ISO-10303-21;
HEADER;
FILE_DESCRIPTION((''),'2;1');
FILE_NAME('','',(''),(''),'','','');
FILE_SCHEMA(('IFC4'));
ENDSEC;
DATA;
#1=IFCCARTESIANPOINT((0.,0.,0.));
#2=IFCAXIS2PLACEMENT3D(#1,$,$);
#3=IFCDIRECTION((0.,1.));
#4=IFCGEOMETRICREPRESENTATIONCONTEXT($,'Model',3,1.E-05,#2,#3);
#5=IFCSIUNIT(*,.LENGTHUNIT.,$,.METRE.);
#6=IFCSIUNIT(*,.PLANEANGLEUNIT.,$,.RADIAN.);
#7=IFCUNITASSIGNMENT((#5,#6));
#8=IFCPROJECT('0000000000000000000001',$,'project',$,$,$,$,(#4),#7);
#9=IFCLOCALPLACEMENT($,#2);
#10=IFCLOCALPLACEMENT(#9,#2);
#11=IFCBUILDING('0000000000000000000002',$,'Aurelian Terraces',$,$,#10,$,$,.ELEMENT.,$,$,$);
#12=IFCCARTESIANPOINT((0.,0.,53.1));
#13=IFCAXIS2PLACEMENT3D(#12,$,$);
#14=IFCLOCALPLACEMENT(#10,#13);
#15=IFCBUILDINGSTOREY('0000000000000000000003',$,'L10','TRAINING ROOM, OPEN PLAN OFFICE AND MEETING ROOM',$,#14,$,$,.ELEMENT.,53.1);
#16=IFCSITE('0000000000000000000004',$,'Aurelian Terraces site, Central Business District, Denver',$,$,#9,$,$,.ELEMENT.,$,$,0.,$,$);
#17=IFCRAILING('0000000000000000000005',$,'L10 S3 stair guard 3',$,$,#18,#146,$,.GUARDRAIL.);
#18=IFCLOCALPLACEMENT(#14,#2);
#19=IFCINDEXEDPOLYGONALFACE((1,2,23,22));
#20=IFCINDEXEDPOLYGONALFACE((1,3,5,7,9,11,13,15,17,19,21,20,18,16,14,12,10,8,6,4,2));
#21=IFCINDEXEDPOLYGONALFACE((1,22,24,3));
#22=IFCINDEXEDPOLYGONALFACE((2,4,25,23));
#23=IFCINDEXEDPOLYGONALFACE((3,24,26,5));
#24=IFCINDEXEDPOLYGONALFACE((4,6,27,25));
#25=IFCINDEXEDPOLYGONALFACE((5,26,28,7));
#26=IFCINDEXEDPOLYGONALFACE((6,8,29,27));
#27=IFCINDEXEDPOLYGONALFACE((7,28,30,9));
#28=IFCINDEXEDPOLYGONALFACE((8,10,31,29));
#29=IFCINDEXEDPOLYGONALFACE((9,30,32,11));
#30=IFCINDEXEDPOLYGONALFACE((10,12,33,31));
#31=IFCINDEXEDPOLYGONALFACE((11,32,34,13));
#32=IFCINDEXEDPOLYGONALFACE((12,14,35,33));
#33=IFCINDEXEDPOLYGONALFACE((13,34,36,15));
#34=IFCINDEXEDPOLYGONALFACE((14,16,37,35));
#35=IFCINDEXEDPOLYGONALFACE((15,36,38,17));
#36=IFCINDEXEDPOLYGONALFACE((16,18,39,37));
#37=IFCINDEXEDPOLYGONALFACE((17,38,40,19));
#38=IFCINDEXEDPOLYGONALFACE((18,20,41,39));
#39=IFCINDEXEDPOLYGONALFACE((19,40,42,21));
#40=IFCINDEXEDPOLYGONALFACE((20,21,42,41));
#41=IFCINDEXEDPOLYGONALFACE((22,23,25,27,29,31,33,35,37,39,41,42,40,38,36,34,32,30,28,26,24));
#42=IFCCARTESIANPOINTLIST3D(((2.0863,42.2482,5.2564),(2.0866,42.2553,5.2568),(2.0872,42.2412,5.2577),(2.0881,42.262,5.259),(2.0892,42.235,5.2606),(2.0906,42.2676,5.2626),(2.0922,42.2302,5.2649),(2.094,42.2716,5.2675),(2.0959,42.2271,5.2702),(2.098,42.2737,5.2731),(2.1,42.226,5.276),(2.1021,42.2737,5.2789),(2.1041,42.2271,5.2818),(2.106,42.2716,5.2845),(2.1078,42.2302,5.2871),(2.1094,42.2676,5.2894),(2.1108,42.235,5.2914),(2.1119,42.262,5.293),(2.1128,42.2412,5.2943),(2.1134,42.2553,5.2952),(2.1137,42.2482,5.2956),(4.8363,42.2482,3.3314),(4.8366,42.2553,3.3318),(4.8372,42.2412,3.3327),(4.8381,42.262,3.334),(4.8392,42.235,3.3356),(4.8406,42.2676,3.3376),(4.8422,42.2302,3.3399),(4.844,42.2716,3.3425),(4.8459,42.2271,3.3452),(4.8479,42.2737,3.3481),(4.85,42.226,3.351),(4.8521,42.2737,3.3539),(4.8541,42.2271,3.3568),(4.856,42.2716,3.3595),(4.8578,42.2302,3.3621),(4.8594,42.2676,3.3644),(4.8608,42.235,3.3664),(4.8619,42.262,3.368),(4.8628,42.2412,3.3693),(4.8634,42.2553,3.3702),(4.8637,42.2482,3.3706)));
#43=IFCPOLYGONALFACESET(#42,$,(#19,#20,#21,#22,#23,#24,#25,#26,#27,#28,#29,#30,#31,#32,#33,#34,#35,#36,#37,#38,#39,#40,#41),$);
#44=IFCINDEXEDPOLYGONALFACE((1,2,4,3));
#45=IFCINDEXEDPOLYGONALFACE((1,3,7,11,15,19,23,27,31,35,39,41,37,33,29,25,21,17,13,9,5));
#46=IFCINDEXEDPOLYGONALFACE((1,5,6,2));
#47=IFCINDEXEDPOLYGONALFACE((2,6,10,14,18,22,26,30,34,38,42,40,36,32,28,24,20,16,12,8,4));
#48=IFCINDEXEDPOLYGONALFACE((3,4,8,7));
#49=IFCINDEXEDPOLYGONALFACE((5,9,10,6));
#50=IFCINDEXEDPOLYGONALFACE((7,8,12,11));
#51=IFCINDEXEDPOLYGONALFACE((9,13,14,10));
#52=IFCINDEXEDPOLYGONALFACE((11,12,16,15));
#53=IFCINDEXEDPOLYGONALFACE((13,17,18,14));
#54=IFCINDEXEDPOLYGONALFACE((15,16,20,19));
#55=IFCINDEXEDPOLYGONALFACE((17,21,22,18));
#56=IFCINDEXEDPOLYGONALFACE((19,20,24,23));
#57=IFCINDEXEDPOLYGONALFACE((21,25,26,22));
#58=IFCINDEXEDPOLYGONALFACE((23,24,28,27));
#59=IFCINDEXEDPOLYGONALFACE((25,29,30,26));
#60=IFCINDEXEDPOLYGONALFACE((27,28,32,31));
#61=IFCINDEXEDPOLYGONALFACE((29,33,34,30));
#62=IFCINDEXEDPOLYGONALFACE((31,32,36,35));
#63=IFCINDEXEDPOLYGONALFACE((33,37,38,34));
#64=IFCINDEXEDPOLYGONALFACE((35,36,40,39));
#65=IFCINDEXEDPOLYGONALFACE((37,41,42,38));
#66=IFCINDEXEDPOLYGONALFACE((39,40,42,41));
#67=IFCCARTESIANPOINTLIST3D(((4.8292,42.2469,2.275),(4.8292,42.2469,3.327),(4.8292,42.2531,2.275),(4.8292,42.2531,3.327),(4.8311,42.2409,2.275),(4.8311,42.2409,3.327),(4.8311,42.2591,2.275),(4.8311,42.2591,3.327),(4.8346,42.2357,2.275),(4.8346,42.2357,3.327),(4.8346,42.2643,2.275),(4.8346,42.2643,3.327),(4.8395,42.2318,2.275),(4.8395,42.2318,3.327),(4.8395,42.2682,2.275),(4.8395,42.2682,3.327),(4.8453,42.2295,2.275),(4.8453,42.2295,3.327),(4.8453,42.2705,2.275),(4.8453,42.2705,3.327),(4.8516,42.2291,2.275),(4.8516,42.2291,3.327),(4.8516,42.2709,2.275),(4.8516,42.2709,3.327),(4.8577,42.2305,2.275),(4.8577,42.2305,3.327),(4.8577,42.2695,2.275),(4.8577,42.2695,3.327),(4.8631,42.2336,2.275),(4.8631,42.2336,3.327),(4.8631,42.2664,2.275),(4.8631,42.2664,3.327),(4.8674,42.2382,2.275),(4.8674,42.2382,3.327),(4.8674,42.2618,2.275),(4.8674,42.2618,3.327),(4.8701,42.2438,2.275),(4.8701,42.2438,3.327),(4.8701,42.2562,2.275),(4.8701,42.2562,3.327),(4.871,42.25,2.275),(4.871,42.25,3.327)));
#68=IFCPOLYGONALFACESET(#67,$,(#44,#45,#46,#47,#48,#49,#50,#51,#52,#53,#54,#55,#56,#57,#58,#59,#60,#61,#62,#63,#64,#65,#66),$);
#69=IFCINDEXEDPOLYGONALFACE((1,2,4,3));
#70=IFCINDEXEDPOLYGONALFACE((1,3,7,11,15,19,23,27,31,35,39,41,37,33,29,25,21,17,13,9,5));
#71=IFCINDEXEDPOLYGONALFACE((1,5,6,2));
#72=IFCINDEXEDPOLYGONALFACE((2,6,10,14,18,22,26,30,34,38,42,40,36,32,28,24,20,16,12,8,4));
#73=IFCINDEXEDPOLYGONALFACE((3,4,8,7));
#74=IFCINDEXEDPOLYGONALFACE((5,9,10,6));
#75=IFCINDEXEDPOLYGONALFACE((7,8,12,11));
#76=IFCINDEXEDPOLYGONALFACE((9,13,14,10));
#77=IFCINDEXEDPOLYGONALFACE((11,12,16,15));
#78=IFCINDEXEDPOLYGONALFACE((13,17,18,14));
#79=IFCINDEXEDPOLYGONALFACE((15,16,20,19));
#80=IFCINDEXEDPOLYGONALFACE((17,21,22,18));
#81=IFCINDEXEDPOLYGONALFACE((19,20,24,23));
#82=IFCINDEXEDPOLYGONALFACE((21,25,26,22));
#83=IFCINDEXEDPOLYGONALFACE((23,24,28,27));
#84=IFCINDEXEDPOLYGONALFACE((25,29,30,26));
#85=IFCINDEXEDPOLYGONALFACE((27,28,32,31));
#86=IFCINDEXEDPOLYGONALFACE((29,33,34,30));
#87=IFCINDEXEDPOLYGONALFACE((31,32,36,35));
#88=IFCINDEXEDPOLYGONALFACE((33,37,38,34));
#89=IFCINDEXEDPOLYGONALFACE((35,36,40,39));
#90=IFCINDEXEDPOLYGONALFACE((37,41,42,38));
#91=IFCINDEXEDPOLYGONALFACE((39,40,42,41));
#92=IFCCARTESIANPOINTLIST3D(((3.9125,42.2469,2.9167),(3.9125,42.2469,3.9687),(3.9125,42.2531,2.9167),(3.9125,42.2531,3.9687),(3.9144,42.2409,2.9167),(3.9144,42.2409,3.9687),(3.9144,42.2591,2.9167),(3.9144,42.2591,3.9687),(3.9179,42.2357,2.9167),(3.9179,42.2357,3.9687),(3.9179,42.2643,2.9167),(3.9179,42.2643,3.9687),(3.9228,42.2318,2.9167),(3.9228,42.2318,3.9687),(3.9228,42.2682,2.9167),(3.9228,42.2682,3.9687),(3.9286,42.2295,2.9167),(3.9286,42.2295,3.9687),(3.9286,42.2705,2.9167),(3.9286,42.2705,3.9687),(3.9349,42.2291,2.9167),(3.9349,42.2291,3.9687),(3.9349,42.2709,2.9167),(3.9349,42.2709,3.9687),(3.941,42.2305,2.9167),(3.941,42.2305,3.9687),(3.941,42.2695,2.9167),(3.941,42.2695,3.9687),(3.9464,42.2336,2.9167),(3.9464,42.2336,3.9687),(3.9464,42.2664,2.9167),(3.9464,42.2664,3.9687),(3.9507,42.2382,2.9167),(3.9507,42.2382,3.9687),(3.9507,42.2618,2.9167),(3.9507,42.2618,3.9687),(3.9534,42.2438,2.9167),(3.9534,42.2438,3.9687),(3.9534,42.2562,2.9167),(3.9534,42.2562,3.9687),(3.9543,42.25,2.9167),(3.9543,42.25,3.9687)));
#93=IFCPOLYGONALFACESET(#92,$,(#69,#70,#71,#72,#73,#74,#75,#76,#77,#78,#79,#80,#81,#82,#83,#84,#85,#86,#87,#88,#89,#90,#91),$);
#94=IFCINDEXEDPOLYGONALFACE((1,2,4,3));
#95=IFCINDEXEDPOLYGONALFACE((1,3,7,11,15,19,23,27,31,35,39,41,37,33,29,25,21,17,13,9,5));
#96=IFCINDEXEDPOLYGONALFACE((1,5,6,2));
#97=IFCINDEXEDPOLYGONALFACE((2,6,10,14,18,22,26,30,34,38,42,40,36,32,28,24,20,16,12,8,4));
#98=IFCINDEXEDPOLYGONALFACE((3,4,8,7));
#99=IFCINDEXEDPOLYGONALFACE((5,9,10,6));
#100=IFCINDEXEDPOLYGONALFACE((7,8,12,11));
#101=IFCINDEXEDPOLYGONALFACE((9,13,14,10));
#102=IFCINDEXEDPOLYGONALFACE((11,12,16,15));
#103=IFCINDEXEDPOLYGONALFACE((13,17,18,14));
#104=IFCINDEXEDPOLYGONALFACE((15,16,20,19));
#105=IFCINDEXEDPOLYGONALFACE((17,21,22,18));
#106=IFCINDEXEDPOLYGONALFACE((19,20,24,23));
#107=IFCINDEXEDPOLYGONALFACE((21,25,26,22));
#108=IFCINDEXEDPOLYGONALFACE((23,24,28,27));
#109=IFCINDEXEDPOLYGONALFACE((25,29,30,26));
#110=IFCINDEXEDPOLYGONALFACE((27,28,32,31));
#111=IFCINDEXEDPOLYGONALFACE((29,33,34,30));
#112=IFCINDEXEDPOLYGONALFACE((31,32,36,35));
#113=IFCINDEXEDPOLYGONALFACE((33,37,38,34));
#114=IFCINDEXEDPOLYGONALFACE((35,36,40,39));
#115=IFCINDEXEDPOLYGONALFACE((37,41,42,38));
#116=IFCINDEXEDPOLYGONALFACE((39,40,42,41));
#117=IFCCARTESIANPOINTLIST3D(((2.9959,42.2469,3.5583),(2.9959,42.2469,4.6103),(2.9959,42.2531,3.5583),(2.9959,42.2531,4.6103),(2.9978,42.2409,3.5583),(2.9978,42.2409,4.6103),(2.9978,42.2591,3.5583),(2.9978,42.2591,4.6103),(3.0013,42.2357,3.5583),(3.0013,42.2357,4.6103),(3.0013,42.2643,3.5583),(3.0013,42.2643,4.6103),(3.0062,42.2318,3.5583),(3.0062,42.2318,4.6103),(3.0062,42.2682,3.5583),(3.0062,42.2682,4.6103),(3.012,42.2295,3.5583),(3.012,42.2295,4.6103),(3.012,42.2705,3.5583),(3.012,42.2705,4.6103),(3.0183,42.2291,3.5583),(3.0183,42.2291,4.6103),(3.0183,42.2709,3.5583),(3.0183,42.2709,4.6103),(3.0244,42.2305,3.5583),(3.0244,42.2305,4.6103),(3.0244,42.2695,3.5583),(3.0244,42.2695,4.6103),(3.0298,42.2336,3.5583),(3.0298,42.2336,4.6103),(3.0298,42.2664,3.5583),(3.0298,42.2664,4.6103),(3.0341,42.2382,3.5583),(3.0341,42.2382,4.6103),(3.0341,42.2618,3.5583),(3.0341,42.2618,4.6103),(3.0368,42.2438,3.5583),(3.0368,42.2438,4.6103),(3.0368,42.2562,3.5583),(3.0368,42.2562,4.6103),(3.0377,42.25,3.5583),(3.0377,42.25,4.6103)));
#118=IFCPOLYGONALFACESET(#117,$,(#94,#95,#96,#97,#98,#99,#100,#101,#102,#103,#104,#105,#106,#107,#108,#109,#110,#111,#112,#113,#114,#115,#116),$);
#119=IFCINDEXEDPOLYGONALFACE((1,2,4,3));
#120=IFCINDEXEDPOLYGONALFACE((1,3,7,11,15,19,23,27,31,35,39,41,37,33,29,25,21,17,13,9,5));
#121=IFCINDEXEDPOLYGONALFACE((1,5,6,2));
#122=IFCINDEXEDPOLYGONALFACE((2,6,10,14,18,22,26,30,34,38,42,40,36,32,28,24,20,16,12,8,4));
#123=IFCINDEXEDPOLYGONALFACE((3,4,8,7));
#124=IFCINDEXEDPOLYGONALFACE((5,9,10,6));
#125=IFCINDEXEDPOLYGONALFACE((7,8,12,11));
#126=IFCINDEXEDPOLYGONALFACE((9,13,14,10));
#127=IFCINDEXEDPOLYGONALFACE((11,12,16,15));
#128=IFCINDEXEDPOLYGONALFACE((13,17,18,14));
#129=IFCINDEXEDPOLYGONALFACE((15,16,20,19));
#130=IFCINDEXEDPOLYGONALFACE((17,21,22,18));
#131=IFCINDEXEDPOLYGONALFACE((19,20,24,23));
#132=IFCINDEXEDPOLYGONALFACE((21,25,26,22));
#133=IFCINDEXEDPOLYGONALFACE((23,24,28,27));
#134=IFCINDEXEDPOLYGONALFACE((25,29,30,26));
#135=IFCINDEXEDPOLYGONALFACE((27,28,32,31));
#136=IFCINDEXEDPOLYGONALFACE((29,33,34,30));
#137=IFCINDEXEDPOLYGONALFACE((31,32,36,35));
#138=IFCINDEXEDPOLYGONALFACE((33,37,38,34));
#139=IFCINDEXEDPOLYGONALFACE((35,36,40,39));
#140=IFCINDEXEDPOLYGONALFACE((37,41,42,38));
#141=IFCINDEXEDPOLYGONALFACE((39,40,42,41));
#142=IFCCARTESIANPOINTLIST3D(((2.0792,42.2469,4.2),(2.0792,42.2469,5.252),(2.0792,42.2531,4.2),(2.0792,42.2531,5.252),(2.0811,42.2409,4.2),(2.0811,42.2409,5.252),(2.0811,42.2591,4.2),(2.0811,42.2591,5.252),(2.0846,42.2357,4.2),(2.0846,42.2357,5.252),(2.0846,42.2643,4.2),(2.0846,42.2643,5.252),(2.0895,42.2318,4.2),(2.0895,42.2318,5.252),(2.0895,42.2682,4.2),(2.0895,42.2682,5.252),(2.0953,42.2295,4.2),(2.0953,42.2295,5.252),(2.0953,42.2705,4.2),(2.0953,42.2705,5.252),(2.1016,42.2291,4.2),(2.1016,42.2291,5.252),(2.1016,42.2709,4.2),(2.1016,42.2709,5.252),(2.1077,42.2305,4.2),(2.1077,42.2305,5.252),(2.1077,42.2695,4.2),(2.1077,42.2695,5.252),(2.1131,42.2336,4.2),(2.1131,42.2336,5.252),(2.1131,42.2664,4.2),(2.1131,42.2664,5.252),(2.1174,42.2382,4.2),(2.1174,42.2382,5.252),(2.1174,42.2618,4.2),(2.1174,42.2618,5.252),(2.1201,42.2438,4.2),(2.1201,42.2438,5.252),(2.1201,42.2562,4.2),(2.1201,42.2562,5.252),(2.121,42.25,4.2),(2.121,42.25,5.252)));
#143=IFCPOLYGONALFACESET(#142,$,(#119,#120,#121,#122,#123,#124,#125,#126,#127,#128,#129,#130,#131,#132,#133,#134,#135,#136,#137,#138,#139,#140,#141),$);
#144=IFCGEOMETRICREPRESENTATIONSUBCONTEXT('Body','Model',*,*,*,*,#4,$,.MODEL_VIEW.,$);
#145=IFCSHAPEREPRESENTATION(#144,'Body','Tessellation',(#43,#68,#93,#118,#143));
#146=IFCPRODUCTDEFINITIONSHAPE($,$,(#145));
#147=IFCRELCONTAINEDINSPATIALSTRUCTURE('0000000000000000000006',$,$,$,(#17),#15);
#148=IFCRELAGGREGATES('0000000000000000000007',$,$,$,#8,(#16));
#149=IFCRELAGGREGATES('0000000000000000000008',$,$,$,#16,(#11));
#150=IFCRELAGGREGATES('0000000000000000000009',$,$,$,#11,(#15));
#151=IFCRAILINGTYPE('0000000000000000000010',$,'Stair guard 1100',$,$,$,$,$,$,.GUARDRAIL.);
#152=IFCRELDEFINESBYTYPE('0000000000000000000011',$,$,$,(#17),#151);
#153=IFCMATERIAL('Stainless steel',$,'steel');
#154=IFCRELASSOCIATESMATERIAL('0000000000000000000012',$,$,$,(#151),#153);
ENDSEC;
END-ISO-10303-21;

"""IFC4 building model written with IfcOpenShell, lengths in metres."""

from ifc_helpers import new_model, si_unit, direction, frame, origin, origin_2d, place, context, subcontext, project, spatial, circle, extrude, source, transform, mapped, material, type_object, element, save


model = new_model("IFC4")

# Units and contexts
model_context = context("Model", 3, precision=1e-05, world=origin(), true_north=direction((0.0, 1.0)))
body_context = subcontext(model_context, "Body", "Model", "MODEL_VIEW")
ifc_project = project(units=[si_unit("LENGTHUNIT", "METRE"), si_unit("PLANEANGLEUNIT", "RADIAN")], contexts=[model_context])

# Site, building, storey
site_placement = place(None, origin())
site = spatial("IfcSite", under=ifc_project, at=site_placement, Name="Aurelian Terraces site, Central Business District, Denver", CompositionType="ELEMENT", RefElevation=0.0)
building_placement = place(site_placement, origin())
building = spatial("IfcBuilding", under=site, at=building_placement, Name="Aurelian Terraces", CompositionType="ELEMENT")
storey_placement = place(building_placement, frame((0.0, 0.0, 53.1)))
storey = spatial("IfcBuildingStorey", under=building, at=storey_placement, Name="L10", Description="TRAINING ROOM, OPEN PLAN OFFICE AND MEETING ROOM", CompositionType="ELEMENT", Elevation=53.1)

# Railing
ifc_material_1 = material(Name="Stainless steel", Category="steel")
railing_type_1 = type_object("IfcRailingType", Name="Stair guard 1100", PredefinedType="GUARDRAIL", material=ifc_material_1)
shared_shape_1 = source(origin(), body_context, "Body", "SweptSolid", [
    extrude(circle(Radius=0.024, at=origin_2d()), frame((0.0, 0.0, 1.076), z_axis=(-0.819232, 0.0, 0.573462), x_axis=(0.0, -1.0, 0.0)), (0.0, 0.0, 1.0), 3.3568),
    extrude(circle(Radius=0.021, at=origin_2d()), origin(), (0.0, 0.0, 1.0), 1.052),
    extrude(circle(Radius=0.021, at=origin_2d()), frame((-0.9167, 0.0, 0.6417)), (0.0, 0.0, 1.0), 1.052),
    extrude(circle(Radius=0.021, at=origin_2d()), frame((-1.8333, 0.0, 1.2833)), (0.0, 0.0, 1.0), 1.052),
    extrude(circle(Radius=0.021, at=origin_2d()), frame((-2.75, 0.0, 1.925)), (0.0, 0.0, 1.0), 1.052),
])
railing_1_placement = place(storey_placement, frame((4.85, 42.25, 2.275)))
element("IfcRailing", 1, at=railing_1_placement, inside=storey, type_object=railing_type_1, Name="L10 S3 stair guard 3", PredefinedType="GUARDRAIL", context=body_context, shape_type="MappedRepresentation", body=[
    mapped(shared_shape_1, transform((0.0, 0.0, 0.0), scale=1.0)),
])

save(model, "model.ifc")
